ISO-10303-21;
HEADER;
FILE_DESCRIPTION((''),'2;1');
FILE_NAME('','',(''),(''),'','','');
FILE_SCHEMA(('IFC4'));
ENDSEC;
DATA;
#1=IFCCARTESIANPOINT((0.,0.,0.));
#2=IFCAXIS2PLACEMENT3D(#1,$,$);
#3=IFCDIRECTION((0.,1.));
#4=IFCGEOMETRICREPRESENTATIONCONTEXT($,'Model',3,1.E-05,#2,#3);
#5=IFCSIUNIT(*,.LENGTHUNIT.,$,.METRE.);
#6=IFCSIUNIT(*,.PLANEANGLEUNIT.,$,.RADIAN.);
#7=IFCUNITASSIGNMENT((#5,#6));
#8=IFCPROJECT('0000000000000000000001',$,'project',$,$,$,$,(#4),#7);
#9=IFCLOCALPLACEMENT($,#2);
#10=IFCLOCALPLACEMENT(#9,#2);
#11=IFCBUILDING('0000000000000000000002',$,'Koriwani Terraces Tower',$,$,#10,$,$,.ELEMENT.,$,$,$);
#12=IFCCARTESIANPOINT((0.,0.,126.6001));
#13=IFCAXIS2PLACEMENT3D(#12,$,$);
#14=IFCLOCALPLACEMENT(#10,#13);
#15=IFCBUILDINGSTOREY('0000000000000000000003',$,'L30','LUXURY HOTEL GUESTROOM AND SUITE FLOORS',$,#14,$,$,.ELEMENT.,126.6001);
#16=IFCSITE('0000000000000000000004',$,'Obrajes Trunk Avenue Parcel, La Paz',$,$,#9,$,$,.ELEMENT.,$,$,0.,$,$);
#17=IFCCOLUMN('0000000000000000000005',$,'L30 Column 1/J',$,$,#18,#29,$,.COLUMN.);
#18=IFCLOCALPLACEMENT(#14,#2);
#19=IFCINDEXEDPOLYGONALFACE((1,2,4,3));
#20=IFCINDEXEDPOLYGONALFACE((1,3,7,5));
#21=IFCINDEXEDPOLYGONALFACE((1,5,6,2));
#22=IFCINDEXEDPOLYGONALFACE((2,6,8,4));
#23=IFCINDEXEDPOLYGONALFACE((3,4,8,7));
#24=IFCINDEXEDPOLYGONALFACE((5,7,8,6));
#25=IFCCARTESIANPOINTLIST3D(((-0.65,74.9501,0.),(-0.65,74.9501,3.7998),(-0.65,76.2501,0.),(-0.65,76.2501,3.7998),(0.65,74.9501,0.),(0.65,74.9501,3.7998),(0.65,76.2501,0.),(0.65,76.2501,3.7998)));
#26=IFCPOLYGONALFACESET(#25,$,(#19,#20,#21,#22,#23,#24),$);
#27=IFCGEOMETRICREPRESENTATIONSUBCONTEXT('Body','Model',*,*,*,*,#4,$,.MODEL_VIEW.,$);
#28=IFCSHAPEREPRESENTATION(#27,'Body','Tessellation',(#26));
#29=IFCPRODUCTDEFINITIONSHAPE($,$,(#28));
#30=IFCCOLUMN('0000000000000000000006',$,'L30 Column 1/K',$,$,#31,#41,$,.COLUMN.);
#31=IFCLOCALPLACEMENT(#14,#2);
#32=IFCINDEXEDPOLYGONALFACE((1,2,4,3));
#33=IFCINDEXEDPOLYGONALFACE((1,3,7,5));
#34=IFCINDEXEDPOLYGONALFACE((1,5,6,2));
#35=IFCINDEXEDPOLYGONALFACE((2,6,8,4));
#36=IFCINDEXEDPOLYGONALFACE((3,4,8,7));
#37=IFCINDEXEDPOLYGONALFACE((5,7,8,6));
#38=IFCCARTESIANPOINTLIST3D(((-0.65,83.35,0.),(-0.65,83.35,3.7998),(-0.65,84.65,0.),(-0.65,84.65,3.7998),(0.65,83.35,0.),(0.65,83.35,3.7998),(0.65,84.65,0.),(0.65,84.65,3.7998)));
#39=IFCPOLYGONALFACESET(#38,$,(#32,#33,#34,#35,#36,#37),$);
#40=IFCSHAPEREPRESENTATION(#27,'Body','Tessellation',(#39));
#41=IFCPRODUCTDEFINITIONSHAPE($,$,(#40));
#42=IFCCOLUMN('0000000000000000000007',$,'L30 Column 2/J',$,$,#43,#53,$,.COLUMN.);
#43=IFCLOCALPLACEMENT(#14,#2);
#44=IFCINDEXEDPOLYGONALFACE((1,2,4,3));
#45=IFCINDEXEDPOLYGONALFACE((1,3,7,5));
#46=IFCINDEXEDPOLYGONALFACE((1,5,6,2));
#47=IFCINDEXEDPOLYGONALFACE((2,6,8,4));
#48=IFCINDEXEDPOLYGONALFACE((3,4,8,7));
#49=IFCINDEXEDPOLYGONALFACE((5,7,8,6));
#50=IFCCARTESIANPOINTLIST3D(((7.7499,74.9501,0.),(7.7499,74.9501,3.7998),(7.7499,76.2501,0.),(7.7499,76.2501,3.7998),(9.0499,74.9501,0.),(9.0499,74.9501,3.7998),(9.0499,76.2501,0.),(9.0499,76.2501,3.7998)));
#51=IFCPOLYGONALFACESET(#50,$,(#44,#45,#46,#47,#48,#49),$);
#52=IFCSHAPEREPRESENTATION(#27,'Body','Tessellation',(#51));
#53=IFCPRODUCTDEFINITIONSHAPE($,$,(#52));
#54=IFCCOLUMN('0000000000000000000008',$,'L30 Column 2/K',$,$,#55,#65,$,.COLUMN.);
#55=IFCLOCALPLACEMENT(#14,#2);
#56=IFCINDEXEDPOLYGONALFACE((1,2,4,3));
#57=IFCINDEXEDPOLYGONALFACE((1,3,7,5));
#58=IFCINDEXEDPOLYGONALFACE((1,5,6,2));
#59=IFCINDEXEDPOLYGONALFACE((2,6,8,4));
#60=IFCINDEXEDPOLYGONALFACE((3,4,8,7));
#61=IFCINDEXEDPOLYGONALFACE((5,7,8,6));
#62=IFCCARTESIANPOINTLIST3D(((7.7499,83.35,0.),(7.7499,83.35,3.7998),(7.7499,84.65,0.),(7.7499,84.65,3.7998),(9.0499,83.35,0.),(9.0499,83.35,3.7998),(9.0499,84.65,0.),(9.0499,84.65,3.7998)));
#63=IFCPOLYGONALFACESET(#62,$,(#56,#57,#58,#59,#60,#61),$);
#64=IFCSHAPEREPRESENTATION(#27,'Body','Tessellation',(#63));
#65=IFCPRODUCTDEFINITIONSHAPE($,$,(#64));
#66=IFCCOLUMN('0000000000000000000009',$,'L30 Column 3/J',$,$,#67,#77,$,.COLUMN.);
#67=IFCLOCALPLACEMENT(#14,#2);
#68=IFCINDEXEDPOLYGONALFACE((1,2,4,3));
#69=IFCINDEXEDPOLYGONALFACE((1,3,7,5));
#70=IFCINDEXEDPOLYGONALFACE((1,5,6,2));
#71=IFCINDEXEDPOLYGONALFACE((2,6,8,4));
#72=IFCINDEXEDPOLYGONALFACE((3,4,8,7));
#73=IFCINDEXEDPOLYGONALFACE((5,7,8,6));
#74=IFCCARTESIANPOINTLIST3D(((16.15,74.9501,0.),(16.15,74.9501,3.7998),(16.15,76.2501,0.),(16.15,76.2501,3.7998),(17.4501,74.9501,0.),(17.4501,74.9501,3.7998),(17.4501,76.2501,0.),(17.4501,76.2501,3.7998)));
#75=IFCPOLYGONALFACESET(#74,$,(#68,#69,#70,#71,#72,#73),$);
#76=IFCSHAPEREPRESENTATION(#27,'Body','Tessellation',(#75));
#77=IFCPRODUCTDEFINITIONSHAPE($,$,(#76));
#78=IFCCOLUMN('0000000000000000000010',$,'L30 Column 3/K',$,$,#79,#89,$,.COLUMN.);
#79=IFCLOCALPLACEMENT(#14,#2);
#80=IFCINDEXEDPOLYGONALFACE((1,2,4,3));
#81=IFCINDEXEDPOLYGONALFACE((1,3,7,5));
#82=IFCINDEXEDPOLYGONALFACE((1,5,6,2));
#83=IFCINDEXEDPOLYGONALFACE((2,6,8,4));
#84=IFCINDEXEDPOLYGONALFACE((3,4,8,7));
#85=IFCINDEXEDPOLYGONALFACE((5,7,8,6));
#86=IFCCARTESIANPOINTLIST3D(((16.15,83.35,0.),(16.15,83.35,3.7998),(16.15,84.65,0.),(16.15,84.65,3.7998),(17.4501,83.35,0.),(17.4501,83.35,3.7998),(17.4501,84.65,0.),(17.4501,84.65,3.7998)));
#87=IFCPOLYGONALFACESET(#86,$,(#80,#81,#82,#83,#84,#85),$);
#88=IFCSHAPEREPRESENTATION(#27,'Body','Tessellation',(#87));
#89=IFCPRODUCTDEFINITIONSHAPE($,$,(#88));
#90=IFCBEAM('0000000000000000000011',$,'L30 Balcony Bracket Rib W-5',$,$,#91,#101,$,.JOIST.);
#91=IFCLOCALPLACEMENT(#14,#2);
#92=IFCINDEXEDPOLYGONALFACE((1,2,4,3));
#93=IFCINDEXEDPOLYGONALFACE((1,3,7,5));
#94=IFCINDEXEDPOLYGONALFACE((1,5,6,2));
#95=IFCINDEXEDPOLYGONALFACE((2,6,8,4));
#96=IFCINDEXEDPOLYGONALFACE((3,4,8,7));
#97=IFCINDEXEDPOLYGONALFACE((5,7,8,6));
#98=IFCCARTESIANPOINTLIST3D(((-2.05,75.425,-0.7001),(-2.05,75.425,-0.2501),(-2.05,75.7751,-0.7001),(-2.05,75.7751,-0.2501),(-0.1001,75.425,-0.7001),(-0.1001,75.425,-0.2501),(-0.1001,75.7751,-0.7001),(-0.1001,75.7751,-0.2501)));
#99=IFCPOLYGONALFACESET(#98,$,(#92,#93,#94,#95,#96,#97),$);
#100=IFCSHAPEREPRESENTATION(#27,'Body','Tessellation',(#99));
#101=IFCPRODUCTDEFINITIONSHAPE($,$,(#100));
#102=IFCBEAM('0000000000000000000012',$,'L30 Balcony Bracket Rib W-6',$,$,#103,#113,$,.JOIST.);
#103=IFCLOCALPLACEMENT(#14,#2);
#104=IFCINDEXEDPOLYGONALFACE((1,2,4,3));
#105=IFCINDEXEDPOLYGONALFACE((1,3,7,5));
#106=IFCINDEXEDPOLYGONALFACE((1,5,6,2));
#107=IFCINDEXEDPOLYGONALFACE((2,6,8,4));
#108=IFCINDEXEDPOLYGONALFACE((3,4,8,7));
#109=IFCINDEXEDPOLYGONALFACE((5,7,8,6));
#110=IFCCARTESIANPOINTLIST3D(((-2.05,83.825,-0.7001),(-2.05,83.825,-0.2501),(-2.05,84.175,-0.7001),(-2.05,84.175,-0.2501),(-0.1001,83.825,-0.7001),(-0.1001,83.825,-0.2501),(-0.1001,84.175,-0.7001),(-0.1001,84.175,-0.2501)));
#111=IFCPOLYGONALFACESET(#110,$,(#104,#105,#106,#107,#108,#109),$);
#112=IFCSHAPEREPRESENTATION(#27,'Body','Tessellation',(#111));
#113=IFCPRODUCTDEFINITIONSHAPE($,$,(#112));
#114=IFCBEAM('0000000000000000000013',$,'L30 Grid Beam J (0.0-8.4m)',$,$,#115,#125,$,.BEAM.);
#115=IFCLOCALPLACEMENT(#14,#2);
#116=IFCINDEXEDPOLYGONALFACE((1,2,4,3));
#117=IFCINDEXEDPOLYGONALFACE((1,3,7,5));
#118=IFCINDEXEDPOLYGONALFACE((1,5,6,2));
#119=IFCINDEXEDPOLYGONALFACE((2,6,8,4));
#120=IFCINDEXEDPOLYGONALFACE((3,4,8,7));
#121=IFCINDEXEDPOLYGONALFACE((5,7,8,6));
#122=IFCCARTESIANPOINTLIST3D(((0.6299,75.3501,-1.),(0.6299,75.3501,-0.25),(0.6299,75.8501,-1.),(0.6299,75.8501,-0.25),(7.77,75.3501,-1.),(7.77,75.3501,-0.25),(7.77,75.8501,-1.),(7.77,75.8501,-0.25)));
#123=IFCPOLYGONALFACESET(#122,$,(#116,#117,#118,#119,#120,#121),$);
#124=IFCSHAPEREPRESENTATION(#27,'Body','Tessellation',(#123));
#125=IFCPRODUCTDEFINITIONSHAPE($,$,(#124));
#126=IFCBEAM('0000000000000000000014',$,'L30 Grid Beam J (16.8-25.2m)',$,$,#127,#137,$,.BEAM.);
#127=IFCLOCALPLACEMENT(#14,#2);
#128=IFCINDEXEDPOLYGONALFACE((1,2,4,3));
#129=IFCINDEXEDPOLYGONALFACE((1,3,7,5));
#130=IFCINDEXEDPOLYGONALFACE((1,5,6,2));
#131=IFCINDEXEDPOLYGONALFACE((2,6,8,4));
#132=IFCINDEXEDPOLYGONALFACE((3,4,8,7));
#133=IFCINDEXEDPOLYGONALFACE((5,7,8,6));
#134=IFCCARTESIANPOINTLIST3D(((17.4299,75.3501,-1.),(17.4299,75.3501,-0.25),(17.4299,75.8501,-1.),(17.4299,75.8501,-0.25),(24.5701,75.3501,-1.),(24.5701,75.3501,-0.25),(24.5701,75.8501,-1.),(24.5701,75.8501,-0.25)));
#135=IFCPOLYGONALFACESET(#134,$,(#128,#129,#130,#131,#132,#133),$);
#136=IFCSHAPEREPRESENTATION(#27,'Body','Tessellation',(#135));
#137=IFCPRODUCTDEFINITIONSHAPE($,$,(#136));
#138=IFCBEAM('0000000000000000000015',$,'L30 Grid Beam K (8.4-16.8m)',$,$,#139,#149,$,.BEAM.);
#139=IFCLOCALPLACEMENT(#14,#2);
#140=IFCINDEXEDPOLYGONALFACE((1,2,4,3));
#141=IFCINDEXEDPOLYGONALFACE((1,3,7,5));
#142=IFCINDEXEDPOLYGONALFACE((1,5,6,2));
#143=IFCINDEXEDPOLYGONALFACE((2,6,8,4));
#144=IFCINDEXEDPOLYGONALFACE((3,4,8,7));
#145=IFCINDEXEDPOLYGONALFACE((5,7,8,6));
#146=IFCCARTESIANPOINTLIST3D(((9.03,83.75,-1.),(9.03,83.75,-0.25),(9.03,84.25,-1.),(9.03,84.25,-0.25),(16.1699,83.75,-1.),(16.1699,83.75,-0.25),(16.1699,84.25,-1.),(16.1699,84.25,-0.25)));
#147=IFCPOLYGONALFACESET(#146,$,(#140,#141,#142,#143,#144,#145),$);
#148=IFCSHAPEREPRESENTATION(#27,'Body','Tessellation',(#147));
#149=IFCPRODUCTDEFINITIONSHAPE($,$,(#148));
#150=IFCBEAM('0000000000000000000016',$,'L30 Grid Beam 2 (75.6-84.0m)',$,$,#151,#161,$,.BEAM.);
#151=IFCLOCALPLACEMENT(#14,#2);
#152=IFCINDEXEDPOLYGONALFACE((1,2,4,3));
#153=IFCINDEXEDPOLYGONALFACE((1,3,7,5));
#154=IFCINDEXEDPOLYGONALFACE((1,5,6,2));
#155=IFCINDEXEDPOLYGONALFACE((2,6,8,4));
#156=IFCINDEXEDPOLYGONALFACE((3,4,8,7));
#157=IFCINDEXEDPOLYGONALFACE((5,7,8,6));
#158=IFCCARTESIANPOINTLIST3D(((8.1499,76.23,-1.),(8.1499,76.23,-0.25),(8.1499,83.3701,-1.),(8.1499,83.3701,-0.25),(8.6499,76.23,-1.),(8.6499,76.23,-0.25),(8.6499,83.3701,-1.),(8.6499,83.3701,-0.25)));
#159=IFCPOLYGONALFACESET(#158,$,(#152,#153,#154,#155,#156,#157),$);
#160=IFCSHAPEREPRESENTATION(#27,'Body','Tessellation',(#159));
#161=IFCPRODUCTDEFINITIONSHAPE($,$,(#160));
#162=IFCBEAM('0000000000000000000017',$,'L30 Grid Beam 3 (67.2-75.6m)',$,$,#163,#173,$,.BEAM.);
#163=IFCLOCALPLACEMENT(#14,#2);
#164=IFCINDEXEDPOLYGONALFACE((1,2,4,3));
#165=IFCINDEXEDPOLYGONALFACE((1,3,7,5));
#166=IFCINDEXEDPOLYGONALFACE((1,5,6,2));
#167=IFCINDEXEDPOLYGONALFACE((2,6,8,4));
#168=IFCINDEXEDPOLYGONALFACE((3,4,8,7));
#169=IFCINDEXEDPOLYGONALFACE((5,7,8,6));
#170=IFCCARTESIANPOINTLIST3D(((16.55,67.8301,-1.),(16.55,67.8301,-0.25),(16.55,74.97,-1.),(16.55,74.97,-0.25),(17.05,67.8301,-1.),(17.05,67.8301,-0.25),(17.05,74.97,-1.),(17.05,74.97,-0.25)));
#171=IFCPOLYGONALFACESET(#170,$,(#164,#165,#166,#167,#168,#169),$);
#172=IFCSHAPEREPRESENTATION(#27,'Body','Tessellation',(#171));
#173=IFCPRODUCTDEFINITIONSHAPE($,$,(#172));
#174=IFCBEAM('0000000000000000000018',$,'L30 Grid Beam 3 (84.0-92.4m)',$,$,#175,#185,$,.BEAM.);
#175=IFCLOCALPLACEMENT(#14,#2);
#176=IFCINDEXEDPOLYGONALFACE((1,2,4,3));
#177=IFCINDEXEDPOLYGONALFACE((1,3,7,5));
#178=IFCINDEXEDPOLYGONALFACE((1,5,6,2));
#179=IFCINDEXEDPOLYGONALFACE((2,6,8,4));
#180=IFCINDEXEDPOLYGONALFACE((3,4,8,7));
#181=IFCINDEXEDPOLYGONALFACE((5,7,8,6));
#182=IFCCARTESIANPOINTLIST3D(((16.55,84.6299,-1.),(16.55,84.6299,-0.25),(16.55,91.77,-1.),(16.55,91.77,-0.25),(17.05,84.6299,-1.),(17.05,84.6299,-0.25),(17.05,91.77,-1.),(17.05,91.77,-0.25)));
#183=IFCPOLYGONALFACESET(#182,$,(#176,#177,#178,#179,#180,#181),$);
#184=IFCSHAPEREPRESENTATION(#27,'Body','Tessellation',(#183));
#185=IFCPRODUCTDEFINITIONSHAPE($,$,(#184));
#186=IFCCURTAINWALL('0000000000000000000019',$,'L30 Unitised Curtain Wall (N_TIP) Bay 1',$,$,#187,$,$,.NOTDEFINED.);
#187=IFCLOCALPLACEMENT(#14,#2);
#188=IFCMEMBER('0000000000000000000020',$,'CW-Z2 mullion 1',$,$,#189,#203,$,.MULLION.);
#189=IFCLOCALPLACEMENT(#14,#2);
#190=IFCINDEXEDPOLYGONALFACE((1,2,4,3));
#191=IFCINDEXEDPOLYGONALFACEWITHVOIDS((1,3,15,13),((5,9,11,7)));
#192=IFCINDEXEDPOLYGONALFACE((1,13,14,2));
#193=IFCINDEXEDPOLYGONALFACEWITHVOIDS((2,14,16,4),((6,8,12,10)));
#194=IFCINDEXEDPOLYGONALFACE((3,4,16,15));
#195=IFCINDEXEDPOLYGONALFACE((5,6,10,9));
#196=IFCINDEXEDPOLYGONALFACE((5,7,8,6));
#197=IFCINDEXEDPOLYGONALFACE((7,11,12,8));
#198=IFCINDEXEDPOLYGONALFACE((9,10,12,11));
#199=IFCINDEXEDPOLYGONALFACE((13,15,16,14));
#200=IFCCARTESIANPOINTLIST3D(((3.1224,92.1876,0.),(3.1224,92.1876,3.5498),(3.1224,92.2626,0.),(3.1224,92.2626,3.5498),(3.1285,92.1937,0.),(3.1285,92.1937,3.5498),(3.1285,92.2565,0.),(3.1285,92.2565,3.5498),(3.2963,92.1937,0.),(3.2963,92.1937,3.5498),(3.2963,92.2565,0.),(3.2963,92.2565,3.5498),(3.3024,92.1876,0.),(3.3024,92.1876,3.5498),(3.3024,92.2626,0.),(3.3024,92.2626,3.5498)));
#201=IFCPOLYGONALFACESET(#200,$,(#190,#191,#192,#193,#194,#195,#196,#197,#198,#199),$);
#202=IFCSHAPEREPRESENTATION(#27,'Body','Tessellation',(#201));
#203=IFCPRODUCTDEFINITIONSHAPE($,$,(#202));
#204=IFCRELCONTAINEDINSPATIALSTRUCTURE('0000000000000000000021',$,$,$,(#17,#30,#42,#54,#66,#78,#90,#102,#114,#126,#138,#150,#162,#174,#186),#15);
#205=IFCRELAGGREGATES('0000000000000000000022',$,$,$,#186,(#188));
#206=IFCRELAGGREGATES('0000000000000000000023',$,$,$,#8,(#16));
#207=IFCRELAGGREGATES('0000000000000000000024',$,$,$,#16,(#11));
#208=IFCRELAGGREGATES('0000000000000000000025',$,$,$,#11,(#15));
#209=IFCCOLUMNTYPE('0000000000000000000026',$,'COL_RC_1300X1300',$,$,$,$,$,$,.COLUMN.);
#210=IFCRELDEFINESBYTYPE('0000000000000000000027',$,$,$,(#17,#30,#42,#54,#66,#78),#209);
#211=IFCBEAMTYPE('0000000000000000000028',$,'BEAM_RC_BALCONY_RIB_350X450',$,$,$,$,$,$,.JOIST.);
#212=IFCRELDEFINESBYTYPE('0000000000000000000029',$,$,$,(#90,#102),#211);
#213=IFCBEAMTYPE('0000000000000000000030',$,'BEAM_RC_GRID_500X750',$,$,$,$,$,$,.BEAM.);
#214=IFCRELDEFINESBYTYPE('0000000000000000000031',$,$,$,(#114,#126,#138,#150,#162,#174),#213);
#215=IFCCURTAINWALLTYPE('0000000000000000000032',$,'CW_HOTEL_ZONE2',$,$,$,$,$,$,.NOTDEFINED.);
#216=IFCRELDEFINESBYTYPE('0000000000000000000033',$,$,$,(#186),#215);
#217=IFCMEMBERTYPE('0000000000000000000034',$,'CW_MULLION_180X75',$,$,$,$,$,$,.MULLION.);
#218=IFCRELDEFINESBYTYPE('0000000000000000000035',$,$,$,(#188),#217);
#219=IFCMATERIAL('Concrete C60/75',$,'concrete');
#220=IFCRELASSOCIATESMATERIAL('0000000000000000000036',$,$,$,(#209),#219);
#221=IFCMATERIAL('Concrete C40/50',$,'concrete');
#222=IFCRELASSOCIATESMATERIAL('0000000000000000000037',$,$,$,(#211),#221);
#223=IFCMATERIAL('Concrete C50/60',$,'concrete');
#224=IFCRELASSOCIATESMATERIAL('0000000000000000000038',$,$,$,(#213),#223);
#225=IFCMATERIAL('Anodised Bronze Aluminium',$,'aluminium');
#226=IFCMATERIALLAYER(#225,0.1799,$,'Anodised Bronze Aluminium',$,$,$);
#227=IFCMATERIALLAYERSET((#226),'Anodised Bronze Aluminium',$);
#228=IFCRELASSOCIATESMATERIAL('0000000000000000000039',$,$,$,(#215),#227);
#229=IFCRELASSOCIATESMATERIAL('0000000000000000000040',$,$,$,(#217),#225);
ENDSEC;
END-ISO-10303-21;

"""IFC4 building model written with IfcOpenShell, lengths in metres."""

from ifc_helpers import new_model, si_unit, direction, frame, origin, origin_2d, place, context, subcontext, project, spatial, rectangle, hollow_rectangle, extrude, material, layer, layer_set, material_profile, profile_set, type_object, element, aggregate, save


model = new_model("IFC4")

# Units and contexts
model_context = context("Model", 3, precision=1e-05, world=origin(), true_north=direction((0.0, 1.0)))
body_context = subcontext(model_context, "Body", "Model", "MODEL_VIEW")
ifc_project = project(units=[si_unit("LENGTHUNIT", "METRE"), si_unit("PLANEANGLEUNIT", "RADIAN")], contexts=[model_context])

# Site, building, storey
site_placement = place(None, origin())
site = spatial("IfcSite", under=ifc_project, at=site_placement, Name="Obrajes Trunk Avenue Parcel, La Paz", CompositionType="ELEMENT", RefElevation=0.0)
building_placement = place(site_placement, origin())
building = spatial("IfcBuilding", under=site, at=building_placement, Name="Koriwani Terraces Tower", CompositionType="ELEMENT")
storey_placement = place(building_placement, frame((0.0, 0.0, 126.6001)))
storey = spatial("IfcBuildingStorey", under=building, at=storey_placement, Name="L30", Description="LUXURY HOTEL GUESTROOM AND SUITE FLOORS", CompositionType="ELEMENT", Elevation=126.6001)

# Columns
ifc_material_1 = material(Name="Concrete C60/75", Category="concrete")
ifc_material_profile_1 = material_profile(ifc_material_1, rectangle(XDim=1.3, YDim=1.3, at=origin_2d()), Name="Concrete C60/75", Category="LoadBearing")
ifc_profile_set_1 = profile_set([ifc_material_profile_1], Name="Concrete C60/75")
column_type = type_object("IfcColumnType", Name="COL_RC_1300X1300", PredefinedType="COLUMN", material=ifc_profile_set_1)
for number, where, z_axis, x_axis, name in (
    (1, (0.0, 75.6001, 0.0), (0.0, 0.0, 1.0), (1.0, 0.0, 0.0), "L30 Column 1/J"),
    (2, (0.0, 84.0, 0.0), (0.0, 0.0, 1.0), (1.0, 0.0, 0.0), "L30 Column 1/K"),
    (3, (8.3999, 75.6001, 0.0), (0.0, 0.0, 1.0), (1.0, 0.0, 0.0), "L30 Column 2/J"),
    (4, (8.3999, 84.0, 0.0), (0.0, 0.0, 1.0), (1.0, 0.0, 0.0), "L30 Column 2/K"),
    (5, (16.8, 75.6001, 0.0), (0.0, 0.0, 1.0), (1.0, 0.0, 0.0), "L30 Column 3/J"),
    (6, (16.8, 84.0, 0.0), (0.0, 0.0, 1.0), (1.0, 0.0, 0.0), "L30 Column 3/K"),
):
    element("IfcColumn", number, at=place(storey_placement, frame(where, z_axis=z_axis, x_axis=x_axis)), inside=storey, type_object=column_type, Name=name, PredefinedType="COLUMN", context=body_context, shape_type="SweptSolid", body=[
        extrude(rectangle(XDim=1.3, YDim=1.3, at=origin_2d()), origin(), (0.0, 0.0, 1.0), 3.7998),
    ])

# Beams
ifc_material_2 = material(Name="Concrete C40/50", Category="concrete")
ifc_material_profile_2 = material_profile(ifc_material_2, rectangle(XDim=0.3501, YDim=0.45, at=origin_2d()), Name="Concrete C40/50", Category="LoadBearing")
ifc_profile_set_2 = profile_set([ifc_material_profile_2], Name="Concrete C40/50")
beam_type_1 = type_object("IfcBeamType", Name="BEAM_RC_BALCONY_RIB_350X450", PredefinedType="JOIST", material=ifc_profile_set_2)
for number, where, z_axis, x_axis, name in (
    (7, (-2.05, 75.6001, -0.4751), (1.0, 0.0, 0.0), (0.0, 1.0, 0.0), "L30 Balcony Bracket Rib W-5"),
    (8, (-2.05, 84.0, -0.4751), (1.0, 0.0, 0.0), (0.0, 1.0, 0.0), "L30 Balcony Bracket Rib W-6"),
):
    element("IfcBeam", number, at=place(storey_placement, frame(where, z_axis=z_axis, x_axis=x_axis)), inside=storey, type_object=beam_type_1, Name=name, PredefinedType="JOIST", context=body_context, shape_type="SweptSolid", body=[
        extrude(rectangle(XDim=0.3501, YDim=0.45, at=origin_2d()), origin(), (0.0, 0.0, 1.0), 1.95),
    ])
ifc_material_3 = material(Name="Concrete C50/60", Category="concrete")
ifc_material_profile_3 = material_profile(ifc_material_3, rectangle(XDim=0.5, YDim=0.75, at=origin_2d()), Name="Concrete C50/60", Category="LoadBearing")
ifc_profile_set_3 = profile_set([ifc_material_profile_3], Name="Concrete C50/60")
beam_type_2 = type_object("IfcBeamType", Name="BEAM_RC_GRID_500X750", PredefinedType="BEAM", material=ifc_profile_set_3)
for number, where, z_axis, x_axis, name in (
    (9, (0.6299, 75.6001, -0.625), (1.0, 0.0, 0.0), (0.0, 1.0, 0.0), "L30 Grid Beam J (0.0-8.4m)"),
    (10, (17.4299, 75.6001, -0.625), (1.0, 0.0, 0.0), (0.0, 1.0, 0.0), "L30 Grid Beam J (16.8-25.2m)"),
):
    element("IfcBeam", number, at=place(storey_placement, frame(where, z_axis=z_axis, x_axis=x_axis)), inside=storey, type_object=beam_type_2, Name=name, PredefinedType="BEAM", context=body_context, shape_type="SweptSolid", body=[
        extrude(rectangle(XDim=0.5, YDim=0.75, at=origin_2d()), origin(), (0.0, 0.0, 1.0), 7.1401),
    ])
beam_1_placement = place(storey_placement, frame((9.03, 84.0, -0.625), z_axis=(1.0, 0.0, 0.0), x_axis=(0.0, 1.0, 0.0)))
element("IfcBeam", 11, at=beam_1_placement, inside=storey, type_object=beam_type_2, Name="L30 Grid Beam K (8.4-16.8m)", PredefinedType="BEAM", context=body_context, shape_type="SweptSolid", body=[
    extrude(rectangle(XDim=0.5, YDim=0.75, at=origin_2d()), origin(), (0.0, 0.0, 1.0), 7.1399),
])
beam_2_placement = place(storey_placement, frame((8.3999, 76.23, -0.625), z_axis=(0.0, 1.0, 0.0), x_axis=(-1.0, 0.0, 0.0)))
element("IfcBeam", 12, at=beam_2_placement, inside=storey, type_object=beam_type_2, Name="L30 Grid Beam 2 (75.6-84.0m)", PredefinedType="BEAM", context=body_context, shape_type="SweptSolid", body=[
    extrude(rectangle(XDim=0.5, YDim=0.75, at=origin_2d()), origin(), (0.0, 0.0, 1.0), 7.1401),
])
beam_3_placement = place(storey_placement, frame((16.8, 67.8301, -0.625), z_axis=(0.0, 1.0, 0.0), x_axis=(-1.0, 0.0, 0.0)))
element("IfcBeam", 13, at=beam_3_placement, inside=storey, type_object=beam_type_2, Name="L30 Grid Beam 3 (67.2-75.6m)", PredefinedType="BEAM", context=body_context, shape_type="SweptSolid", body=[
    extrude(rectangle(XDim=0.5, YDim=0.75, at=origin_2d()), origin(), (0.0, 0.0, 1.0), 7.1399),
])
beam_4_placement = place(storey_placement, frame((16.8, 84.6299, -0.625), z_axis=(0.0, 1.0, 0.0), x_axis=(-1.0, 0.0, 0.0)))
element("IfcBeam", 14, at=beam_4_placement, inside=storey, type_object=beam_type_2, Name="L30 Grid Beam 3 (84.0-92.4m)", PredefinedType="BEAM", context=body_context, shape_type="SweptSolid", body=[
    extrude(rectangle(XDim=0.5, YDim=0.75, at=origin_2d()), origin(), (0.0, 0.0, 1.0), 7.1401),
])

# Curtain wall, member
ifc_material_4 = material(Name="Anodised Bronze Aluminium", Category="aluminium")
ifc_layer_1 = layer(ifc_material_4, 0.1799, Name="Anodised Bronze Aluminium")
ifc_layer_set_1 = layer_set([ifc_layer_1], Name="Anodised Bronze Aluminium")
curtain_wall_type = type_object("IfcCurtainWallType", Name="CW_HOTEL_ZONE2", PredefinedType="NOTDEFINED", material=ifc_layer_set_1)
curtain_wall_placement = place(storey_placement, origin())
curtain_wall = element("IfcCurtainWall", 15, at=curtain_wall_placement, inside=storey, type_object=curtain_wall_type, Name="L30 Unitised Curtain Wall (N_TIP) Bay 1", PredefinedType="NOTDEFINED")
ifc_material_profile_4 = material_profile(ifc_material_4, hollow_rectangle(XDim=0.075, YDim=0.1799, WallThickness=0.0061, at=origin_2d()), Name="Anodised Bronze Aluminium", Category="LoadBearing")
ifc_profile_set_4 = profile_set([ifc_material_profile_4], Name="Anodised Bronze Aluminium")
member_type_1 = type_object("IfcMemberType", Name="CW_MULLION_180X75", PredefinedType="MULLION", material=ifc_profile_set_4)
member_1_placement = place(storey_placement, frame((3.2124, 92.2251, 0.0), z_axis=(0.0, 0.0, 1.0), x_axis=(0.0, 1.0, 0.0)))
member_1 = element("IfcMember", 16, at=member_1_placement, type_object=member_type_1, Name="CW-Z2 mullion 1", PredefinedType="MULLION", context=body_context, shape_type="SweptSolid", body=[
    extrude(hollow_rectangle(XDim=0.075, YDim=0.1799, WallThickness=0.0061, at=origin_2d()), origin(), (0.0, 0.0, 1.0), 3.5498),
])
aggregate(curtain_wall, [member_1])

save(model, "model.ifc")
